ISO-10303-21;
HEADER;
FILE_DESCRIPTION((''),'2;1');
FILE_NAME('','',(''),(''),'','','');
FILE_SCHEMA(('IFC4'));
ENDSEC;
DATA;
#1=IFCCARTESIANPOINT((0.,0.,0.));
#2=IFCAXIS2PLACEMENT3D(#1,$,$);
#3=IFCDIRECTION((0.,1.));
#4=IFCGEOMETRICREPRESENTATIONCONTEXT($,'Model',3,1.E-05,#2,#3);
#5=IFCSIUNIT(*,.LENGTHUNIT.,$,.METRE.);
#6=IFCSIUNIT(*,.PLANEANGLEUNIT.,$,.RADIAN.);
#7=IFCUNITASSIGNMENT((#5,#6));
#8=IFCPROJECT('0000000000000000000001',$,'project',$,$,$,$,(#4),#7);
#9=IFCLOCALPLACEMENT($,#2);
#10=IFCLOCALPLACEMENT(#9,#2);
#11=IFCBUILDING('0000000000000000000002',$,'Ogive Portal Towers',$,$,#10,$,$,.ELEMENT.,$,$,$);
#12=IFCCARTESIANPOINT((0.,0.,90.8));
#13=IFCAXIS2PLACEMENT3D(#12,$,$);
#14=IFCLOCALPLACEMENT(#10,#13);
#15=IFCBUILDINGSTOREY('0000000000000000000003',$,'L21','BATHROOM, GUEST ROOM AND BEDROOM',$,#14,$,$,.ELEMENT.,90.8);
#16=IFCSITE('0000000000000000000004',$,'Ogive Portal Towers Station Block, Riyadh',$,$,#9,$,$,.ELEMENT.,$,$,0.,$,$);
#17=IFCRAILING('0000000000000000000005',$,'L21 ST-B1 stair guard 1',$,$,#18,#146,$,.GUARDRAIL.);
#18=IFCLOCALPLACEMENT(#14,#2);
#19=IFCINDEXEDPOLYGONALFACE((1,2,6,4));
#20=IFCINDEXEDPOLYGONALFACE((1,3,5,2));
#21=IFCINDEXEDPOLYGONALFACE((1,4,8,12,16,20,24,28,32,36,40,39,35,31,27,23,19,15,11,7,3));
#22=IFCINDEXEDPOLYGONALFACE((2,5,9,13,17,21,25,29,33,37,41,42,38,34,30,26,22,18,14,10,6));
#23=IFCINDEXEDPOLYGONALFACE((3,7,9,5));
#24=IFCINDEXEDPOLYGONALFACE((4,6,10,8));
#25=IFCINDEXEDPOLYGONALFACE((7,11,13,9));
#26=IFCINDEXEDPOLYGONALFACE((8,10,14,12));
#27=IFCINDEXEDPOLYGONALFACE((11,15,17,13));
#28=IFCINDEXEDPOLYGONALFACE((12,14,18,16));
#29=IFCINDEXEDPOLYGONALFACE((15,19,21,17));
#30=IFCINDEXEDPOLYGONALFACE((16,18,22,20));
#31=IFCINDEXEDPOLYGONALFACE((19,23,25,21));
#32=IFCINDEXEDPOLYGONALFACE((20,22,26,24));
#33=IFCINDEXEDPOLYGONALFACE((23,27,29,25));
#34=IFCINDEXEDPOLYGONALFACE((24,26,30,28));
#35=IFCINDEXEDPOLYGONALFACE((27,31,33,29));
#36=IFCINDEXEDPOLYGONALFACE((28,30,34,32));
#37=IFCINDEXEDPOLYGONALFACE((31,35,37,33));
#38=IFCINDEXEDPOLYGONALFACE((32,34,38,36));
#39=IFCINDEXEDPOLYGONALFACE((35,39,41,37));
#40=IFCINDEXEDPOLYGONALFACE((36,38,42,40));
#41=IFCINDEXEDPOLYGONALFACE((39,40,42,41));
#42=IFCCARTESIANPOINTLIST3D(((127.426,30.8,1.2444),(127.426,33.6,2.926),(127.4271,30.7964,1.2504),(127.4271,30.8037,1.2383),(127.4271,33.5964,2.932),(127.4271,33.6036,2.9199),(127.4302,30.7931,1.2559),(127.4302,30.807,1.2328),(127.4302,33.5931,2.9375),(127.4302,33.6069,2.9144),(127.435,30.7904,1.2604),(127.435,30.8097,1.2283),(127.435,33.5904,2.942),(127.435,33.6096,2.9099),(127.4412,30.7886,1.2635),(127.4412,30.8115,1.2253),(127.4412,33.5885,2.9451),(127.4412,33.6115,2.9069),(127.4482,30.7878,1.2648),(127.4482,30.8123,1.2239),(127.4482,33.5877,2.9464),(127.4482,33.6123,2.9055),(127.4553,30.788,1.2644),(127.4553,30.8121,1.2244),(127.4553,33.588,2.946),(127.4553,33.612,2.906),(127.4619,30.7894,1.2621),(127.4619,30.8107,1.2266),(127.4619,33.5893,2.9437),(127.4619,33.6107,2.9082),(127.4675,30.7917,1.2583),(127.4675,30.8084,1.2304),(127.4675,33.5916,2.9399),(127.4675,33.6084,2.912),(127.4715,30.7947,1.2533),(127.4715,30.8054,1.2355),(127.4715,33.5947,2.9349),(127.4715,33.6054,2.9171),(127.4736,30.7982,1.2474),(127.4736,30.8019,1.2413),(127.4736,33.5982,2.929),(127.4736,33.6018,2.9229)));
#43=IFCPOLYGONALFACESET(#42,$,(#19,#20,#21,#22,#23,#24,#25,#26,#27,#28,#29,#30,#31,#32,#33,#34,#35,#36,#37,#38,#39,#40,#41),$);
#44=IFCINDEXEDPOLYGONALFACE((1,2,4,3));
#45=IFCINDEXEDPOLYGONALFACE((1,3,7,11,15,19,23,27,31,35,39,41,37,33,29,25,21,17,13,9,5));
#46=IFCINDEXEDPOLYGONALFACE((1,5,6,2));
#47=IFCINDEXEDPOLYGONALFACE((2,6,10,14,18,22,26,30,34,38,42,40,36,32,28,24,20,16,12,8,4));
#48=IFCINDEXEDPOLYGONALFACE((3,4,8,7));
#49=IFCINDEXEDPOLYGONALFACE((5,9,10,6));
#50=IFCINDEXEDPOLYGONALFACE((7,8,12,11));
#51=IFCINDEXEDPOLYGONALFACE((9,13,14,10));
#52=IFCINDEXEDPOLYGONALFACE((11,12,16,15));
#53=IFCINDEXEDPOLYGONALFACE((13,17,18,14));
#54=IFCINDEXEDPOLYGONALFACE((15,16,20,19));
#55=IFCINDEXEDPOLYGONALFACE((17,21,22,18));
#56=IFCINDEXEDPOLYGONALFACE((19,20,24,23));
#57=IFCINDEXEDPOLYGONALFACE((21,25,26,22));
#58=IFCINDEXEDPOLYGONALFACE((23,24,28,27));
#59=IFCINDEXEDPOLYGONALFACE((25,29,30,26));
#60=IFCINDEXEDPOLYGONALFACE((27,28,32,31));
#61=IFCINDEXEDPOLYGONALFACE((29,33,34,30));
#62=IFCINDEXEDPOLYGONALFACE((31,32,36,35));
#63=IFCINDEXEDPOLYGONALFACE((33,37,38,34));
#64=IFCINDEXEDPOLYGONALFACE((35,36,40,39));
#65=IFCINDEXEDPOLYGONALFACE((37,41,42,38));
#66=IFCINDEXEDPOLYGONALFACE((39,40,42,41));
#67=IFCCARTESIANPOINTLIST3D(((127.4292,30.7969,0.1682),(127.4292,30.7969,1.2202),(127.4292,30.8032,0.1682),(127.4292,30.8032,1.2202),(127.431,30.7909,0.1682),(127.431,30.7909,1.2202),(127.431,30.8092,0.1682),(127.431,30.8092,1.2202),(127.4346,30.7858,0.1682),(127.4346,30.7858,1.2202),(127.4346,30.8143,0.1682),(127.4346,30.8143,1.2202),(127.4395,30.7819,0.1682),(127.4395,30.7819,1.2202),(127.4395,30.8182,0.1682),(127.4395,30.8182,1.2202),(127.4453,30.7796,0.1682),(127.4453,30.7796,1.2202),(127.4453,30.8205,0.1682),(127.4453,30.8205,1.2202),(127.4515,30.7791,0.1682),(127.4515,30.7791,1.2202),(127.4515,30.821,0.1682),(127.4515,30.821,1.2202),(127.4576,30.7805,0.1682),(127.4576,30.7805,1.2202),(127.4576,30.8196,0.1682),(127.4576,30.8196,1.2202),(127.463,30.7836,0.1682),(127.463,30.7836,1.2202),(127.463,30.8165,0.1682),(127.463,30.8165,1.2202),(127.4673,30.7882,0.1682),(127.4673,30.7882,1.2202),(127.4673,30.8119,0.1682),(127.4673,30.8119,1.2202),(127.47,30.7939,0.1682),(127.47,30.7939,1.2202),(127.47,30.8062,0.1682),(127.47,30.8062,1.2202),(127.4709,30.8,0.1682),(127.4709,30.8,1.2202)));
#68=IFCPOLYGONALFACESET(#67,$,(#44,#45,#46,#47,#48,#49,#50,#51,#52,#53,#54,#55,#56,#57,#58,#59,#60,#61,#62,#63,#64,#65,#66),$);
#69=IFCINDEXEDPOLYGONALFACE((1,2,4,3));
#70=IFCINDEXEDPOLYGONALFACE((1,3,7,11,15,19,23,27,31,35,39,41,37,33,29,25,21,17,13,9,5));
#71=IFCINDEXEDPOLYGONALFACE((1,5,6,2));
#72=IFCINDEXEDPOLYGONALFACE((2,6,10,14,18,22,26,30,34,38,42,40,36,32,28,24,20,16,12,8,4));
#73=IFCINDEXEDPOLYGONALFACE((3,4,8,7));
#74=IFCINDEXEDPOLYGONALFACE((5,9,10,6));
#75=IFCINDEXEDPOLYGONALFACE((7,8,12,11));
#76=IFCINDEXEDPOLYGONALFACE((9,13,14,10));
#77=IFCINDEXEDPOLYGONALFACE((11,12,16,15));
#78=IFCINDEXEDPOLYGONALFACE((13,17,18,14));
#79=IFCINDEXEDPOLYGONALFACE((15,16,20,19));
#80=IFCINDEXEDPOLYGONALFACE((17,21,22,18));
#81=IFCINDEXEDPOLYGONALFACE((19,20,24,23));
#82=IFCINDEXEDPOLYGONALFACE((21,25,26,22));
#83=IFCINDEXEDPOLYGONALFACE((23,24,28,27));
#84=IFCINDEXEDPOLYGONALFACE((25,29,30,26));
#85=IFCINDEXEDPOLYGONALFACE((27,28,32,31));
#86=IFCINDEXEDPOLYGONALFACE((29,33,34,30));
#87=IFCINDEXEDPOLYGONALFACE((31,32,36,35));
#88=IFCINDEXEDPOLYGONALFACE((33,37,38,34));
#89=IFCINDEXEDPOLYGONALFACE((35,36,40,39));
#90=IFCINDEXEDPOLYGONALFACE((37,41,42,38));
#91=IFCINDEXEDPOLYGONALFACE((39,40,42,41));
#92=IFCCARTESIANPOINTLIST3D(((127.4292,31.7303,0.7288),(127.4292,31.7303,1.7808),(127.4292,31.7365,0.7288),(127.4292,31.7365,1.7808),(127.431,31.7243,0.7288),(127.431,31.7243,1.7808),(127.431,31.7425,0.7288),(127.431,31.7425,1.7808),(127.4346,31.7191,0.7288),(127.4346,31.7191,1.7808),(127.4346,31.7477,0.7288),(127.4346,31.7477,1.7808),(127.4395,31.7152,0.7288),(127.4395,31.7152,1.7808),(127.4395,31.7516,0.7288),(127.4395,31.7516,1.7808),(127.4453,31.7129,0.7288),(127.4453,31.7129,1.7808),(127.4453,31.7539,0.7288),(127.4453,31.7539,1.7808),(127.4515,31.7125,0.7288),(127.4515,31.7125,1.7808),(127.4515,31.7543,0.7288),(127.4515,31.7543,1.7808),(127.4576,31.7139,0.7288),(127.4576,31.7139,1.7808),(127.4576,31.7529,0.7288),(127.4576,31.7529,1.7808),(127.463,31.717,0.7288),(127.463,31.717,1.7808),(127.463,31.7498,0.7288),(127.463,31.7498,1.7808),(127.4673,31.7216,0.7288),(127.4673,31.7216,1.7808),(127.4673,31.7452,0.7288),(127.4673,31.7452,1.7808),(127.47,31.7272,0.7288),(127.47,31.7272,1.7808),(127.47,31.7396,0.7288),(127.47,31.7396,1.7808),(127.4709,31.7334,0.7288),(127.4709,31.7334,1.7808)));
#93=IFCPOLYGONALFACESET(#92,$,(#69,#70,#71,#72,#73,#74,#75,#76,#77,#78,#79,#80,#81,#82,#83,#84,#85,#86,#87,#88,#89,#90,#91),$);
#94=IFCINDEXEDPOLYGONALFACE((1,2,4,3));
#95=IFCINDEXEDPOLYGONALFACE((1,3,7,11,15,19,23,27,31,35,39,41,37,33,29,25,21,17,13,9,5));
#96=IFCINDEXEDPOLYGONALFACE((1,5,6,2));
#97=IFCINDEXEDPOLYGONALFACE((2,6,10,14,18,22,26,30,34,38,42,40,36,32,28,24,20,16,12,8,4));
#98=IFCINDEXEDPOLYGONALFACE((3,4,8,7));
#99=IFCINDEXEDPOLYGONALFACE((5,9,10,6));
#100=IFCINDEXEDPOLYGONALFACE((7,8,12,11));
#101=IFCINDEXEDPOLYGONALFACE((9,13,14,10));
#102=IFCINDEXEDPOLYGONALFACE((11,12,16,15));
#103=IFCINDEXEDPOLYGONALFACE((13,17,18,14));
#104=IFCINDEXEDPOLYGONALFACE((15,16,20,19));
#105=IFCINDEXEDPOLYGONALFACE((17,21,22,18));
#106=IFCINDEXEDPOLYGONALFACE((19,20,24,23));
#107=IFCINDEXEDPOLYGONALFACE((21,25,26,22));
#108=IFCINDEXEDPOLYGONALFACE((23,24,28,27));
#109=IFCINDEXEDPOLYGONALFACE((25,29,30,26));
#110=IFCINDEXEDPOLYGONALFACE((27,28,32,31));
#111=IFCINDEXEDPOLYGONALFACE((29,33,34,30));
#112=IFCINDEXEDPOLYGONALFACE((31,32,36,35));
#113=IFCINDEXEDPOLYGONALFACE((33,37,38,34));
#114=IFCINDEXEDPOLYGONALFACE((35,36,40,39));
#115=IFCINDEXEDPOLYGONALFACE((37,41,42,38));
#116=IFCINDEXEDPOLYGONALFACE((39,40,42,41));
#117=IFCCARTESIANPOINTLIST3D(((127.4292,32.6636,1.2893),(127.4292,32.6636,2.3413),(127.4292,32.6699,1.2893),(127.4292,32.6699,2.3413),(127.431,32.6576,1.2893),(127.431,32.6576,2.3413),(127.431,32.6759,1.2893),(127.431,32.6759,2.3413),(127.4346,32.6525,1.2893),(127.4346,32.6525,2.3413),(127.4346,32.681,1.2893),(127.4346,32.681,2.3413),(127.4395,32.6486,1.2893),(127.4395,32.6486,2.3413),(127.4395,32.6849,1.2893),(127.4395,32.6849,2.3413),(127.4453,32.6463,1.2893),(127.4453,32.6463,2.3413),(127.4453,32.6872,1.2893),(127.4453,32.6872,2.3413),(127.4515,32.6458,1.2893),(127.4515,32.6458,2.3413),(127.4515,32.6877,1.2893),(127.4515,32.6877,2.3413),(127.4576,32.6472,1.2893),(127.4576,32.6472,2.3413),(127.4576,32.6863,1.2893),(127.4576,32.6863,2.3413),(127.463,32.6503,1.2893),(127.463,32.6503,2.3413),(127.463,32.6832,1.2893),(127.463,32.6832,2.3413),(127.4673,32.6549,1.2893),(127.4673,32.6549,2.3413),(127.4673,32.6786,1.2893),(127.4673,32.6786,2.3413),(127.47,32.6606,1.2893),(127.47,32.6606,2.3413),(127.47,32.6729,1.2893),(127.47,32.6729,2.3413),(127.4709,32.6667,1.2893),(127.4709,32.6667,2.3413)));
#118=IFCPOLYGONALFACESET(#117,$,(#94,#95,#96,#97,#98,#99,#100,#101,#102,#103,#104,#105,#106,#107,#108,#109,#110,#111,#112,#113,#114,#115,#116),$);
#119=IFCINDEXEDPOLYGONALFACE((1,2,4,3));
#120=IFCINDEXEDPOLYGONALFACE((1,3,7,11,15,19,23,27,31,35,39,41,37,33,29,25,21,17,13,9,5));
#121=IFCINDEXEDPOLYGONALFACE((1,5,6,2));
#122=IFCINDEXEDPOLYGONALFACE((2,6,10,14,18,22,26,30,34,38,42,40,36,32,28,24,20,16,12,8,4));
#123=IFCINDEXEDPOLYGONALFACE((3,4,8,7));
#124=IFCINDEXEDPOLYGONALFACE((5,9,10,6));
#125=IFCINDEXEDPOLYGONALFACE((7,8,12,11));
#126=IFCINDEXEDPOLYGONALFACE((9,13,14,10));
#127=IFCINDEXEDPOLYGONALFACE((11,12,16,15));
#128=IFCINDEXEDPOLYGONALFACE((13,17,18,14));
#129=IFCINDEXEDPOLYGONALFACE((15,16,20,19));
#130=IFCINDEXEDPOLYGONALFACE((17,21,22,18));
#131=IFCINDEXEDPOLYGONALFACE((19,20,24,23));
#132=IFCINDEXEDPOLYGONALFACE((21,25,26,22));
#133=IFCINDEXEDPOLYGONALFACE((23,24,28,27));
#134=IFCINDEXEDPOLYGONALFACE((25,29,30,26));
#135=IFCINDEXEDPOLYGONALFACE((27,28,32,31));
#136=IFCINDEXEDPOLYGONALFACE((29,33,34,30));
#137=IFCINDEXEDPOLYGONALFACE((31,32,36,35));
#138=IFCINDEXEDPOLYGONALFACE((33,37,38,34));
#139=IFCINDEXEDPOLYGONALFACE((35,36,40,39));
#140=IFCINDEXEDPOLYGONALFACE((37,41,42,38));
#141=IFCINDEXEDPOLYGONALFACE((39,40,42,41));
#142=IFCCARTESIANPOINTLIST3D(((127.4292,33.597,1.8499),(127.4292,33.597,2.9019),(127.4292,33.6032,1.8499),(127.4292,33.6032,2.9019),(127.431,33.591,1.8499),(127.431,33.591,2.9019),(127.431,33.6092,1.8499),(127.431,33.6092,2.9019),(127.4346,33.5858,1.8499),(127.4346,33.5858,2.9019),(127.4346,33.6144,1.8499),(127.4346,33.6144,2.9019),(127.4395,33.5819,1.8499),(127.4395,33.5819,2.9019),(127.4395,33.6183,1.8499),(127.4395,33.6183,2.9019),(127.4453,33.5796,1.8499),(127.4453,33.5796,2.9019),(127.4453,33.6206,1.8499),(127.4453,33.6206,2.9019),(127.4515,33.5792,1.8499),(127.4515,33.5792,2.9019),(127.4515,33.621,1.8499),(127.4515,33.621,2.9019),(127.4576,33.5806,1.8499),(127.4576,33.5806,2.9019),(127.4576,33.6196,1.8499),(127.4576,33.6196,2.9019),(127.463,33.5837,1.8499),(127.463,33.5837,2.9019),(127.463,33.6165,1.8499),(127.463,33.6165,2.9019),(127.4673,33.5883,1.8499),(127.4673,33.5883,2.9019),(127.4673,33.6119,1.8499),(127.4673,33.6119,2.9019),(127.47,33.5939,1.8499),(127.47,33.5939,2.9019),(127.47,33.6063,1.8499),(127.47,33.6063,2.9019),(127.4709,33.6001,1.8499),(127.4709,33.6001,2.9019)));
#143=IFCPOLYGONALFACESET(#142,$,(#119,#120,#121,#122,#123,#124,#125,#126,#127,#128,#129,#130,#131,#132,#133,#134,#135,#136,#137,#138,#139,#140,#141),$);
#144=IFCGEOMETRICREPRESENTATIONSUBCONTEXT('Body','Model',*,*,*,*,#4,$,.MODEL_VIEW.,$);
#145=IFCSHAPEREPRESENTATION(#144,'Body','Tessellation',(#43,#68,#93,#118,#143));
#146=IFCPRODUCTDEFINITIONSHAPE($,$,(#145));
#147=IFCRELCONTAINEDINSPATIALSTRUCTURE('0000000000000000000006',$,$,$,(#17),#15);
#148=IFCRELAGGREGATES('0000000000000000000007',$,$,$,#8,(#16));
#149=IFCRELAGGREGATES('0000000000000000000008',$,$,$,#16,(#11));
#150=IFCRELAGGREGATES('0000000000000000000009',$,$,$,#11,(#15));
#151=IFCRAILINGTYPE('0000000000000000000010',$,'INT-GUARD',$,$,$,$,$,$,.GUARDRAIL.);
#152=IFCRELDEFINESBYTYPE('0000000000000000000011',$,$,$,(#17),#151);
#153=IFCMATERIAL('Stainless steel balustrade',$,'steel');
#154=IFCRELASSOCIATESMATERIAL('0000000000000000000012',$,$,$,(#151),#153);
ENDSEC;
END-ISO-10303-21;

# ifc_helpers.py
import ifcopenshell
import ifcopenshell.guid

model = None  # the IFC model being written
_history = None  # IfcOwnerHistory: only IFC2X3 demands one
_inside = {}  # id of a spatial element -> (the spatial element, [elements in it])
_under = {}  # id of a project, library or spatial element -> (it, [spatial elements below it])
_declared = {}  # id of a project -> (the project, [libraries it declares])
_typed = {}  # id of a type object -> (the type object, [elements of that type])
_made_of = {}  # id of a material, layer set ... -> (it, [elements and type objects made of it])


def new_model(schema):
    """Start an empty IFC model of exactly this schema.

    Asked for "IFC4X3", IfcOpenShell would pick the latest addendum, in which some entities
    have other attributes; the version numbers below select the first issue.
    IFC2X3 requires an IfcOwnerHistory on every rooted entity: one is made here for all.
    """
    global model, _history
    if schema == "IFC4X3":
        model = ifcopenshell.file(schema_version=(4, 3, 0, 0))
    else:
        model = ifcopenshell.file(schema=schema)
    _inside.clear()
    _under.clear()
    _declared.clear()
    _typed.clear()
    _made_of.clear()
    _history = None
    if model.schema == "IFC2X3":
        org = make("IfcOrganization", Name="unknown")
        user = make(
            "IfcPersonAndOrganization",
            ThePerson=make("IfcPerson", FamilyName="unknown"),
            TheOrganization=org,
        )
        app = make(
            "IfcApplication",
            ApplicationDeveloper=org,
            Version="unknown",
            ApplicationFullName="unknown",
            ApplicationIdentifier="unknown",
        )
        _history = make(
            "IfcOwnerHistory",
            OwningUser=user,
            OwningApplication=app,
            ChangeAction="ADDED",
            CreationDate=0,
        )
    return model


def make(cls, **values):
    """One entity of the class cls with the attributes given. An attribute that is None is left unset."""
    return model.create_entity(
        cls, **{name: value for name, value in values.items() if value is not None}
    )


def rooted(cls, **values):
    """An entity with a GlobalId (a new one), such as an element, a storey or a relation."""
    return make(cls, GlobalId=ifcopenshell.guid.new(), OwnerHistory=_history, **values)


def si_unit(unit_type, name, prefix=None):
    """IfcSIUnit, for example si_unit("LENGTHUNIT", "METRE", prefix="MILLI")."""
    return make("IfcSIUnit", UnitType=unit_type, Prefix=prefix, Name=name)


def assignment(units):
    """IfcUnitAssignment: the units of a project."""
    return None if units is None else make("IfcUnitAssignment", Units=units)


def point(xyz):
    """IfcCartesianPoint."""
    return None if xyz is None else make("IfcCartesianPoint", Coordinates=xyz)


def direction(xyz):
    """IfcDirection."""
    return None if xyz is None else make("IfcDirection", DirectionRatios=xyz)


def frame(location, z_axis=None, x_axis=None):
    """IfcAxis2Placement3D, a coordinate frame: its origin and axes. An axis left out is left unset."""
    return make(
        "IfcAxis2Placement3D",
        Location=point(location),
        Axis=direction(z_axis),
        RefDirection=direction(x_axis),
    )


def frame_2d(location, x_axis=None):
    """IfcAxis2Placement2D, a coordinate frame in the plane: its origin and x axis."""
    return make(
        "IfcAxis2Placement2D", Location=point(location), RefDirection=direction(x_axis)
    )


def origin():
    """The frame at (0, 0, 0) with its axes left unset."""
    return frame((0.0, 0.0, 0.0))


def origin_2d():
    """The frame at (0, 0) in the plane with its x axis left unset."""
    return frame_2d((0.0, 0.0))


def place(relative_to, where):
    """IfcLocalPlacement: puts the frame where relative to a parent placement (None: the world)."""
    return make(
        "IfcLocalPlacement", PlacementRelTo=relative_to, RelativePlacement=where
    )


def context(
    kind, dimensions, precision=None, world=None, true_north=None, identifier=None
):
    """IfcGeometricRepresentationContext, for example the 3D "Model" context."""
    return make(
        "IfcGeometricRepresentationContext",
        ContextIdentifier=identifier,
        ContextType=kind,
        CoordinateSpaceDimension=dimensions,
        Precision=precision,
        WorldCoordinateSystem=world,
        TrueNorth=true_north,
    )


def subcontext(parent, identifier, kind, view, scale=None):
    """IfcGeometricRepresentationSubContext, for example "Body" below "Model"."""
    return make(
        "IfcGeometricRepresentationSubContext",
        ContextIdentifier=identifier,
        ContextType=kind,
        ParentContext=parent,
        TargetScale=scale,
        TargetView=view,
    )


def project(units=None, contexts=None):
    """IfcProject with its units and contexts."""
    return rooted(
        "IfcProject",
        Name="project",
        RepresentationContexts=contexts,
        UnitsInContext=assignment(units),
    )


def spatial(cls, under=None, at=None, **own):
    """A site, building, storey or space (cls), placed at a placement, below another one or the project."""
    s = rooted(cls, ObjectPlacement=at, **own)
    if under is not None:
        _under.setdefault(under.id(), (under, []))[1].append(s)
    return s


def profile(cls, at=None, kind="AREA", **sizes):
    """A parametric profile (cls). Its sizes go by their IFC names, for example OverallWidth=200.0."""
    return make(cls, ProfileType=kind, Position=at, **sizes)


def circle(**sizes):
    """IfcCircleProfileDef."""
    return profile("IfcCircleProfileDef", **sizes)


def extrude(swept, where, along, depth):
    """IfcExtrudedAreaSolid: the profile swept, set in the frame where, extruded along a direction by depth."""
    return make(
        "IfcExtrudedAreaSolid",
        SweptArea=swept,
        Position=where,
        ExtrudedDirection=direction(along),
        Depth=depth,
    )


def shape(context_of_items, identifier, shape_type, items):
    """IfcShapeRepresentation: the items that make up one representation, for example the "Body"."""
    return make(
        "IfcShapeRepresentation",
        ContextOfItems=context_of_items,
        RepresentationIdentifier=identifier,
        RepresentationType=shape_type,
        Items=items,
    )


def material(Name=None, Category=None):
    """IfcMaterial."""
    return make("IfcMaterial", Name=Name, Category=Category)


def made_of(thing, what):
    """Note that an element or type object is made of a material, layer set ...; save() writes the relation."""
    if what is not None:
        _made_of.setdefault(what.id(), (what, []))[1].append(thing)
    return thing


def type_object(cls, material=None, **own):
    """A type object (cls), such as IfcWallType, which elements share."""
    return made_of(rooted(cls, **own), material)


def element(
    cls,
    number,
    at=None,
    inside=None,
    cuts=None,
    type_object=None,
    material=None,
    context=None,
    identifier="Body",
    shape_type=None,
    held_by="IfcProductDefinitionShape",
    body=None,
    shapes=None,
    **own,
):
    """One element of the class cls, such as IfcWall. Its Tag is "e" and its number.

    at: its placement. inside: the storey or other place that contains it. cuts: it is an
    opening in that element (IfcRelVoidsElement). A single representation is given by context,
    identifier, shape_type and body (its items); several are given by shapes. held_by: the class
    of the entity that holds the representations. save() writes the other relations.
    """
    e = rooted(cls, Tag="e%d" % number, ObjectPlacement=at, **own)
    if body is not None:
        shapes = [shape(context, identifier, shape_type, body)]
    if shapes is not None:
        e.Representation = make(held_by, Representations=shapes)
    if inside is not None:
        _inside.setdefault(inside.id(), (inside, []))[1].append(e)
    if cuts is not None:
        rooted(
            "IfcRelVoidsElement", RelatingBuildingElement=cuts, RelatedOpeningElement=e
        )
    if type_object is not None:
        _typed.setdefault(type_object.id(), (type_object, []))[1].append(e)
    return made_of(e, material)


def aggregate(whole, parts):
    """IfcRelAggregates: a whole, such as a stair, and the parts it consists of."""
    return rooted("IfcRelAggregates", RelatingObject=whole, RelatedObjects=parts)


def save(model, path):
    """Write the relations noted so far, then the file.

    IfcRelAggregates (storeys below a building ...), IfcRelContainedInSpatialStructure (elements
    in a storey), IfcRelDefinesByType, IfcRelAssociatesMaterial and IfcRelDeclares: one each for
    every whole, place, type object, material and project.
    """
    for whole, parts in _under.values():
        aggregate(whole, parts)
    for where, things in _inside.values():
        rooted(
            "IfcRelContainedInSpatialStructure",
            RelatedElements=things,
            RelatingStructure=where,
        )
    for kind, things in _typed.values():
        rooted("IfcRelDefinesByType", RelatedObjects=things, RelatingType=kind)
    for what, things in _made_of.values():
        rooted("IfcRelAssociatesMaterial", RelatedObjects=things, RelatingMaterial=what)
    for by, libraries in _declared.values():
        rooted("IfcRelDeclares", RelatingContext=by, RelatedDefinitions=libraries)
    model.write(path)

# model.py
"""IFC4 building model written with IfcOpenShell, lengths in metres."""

from ifc_helpers import new_model, si_unit, direction, frame, origin, origin_2d, place, context, subcontext, project, spatial, circle, extrude, material, type_object, element, save


model = new_model("IFC4")

# Units and contexts
model_context = context("Model", 3, precision=1e-05, world=origin(), true_north=direction((0.0, 1.0)))
body_context = subcontext(model_context, "Body", "Model", "MODEL_VIEW")
ifc_project = project(units=[si_unit("LENGTHUNIT", "METRE"), si_unit("PLANEANGLEUNIT", "RADIAN")], contexts=[model_context])

# Site, building, storey
site_placement = place(None, origin())
site = spatial("IfcSite", under=ifc_project, at=site_placement, Name="Ogive Portal Towers Station Block, Riyadh", CompositionType="ELEMENT", RefElevation=0.0)
building_placement = place(site_placement, origin())
building = spatial("IfcBuilding", under=site, at=building_placement, Name="Ogive Portal Towers", CompositionType="ELEMENT")
storey_placement = place(building_placement, frame((0.0, 0.0, 90.8)))
storey = spatial("IfcBuildingStorey", under=building, at=storey_placement, Name="L21", Description="BATHROOM, GUEST ROOM AND BEDROOM", CompositionType="ELEMENT", Elevation=90.8)

# Railing
ifc_material_1 = material(Name="Stainless steel balustrade", Category="steel")
railing_type = type_object("IfcRailingType", Name="INT-GUARD", PredefinedType="GUARDRAIL", material=ifc_material_1)
railing_1_placement = place(storey_placement, frame((127.45, 30.8, 0.1682)))
element("IfcRailing", 1, at=railing_1_placement, inside=storey, type_object=railing_type, Name="L21 ST-B1 stair guard 1", PredefinedType="GUARDRAIL", context=body_context, shape_type="SweptSolid", body=[
    extrude(circle(Radius=0.0239, at=origin_2d()), frame((0.0, 0.0, 1.0762), z_axis=(0.0, 0.857275, 0.514858), x_axis=(-1.0, 0.0, 0.0)), (0.0, 0.0, 1.0), 3.2661),
    extrude(circle(Radius=0.021, at=origin_2d()), origin(), (0.0, 0.0, 1.0), 1.052),
    extrude(circle(Radius=0.021, at=origin_2d()), frame((0.0, 0.9333, 0.5605)), (0.0, 0.0, 1.0), 1.052),
    extrude(circle(Radius=0.021, at=origin_2d()), frame((0.0, 1.8667, 1.1211)), (0.0, 0.0, 1.0), 1.052),
    extrude(circle(Radius=0.021, at=origin_2d()), frame((0.0, 2.8, 1.6816)), (0.0, 0.0, 1.0), 1.052),
])

save(model, "model.ifc")
